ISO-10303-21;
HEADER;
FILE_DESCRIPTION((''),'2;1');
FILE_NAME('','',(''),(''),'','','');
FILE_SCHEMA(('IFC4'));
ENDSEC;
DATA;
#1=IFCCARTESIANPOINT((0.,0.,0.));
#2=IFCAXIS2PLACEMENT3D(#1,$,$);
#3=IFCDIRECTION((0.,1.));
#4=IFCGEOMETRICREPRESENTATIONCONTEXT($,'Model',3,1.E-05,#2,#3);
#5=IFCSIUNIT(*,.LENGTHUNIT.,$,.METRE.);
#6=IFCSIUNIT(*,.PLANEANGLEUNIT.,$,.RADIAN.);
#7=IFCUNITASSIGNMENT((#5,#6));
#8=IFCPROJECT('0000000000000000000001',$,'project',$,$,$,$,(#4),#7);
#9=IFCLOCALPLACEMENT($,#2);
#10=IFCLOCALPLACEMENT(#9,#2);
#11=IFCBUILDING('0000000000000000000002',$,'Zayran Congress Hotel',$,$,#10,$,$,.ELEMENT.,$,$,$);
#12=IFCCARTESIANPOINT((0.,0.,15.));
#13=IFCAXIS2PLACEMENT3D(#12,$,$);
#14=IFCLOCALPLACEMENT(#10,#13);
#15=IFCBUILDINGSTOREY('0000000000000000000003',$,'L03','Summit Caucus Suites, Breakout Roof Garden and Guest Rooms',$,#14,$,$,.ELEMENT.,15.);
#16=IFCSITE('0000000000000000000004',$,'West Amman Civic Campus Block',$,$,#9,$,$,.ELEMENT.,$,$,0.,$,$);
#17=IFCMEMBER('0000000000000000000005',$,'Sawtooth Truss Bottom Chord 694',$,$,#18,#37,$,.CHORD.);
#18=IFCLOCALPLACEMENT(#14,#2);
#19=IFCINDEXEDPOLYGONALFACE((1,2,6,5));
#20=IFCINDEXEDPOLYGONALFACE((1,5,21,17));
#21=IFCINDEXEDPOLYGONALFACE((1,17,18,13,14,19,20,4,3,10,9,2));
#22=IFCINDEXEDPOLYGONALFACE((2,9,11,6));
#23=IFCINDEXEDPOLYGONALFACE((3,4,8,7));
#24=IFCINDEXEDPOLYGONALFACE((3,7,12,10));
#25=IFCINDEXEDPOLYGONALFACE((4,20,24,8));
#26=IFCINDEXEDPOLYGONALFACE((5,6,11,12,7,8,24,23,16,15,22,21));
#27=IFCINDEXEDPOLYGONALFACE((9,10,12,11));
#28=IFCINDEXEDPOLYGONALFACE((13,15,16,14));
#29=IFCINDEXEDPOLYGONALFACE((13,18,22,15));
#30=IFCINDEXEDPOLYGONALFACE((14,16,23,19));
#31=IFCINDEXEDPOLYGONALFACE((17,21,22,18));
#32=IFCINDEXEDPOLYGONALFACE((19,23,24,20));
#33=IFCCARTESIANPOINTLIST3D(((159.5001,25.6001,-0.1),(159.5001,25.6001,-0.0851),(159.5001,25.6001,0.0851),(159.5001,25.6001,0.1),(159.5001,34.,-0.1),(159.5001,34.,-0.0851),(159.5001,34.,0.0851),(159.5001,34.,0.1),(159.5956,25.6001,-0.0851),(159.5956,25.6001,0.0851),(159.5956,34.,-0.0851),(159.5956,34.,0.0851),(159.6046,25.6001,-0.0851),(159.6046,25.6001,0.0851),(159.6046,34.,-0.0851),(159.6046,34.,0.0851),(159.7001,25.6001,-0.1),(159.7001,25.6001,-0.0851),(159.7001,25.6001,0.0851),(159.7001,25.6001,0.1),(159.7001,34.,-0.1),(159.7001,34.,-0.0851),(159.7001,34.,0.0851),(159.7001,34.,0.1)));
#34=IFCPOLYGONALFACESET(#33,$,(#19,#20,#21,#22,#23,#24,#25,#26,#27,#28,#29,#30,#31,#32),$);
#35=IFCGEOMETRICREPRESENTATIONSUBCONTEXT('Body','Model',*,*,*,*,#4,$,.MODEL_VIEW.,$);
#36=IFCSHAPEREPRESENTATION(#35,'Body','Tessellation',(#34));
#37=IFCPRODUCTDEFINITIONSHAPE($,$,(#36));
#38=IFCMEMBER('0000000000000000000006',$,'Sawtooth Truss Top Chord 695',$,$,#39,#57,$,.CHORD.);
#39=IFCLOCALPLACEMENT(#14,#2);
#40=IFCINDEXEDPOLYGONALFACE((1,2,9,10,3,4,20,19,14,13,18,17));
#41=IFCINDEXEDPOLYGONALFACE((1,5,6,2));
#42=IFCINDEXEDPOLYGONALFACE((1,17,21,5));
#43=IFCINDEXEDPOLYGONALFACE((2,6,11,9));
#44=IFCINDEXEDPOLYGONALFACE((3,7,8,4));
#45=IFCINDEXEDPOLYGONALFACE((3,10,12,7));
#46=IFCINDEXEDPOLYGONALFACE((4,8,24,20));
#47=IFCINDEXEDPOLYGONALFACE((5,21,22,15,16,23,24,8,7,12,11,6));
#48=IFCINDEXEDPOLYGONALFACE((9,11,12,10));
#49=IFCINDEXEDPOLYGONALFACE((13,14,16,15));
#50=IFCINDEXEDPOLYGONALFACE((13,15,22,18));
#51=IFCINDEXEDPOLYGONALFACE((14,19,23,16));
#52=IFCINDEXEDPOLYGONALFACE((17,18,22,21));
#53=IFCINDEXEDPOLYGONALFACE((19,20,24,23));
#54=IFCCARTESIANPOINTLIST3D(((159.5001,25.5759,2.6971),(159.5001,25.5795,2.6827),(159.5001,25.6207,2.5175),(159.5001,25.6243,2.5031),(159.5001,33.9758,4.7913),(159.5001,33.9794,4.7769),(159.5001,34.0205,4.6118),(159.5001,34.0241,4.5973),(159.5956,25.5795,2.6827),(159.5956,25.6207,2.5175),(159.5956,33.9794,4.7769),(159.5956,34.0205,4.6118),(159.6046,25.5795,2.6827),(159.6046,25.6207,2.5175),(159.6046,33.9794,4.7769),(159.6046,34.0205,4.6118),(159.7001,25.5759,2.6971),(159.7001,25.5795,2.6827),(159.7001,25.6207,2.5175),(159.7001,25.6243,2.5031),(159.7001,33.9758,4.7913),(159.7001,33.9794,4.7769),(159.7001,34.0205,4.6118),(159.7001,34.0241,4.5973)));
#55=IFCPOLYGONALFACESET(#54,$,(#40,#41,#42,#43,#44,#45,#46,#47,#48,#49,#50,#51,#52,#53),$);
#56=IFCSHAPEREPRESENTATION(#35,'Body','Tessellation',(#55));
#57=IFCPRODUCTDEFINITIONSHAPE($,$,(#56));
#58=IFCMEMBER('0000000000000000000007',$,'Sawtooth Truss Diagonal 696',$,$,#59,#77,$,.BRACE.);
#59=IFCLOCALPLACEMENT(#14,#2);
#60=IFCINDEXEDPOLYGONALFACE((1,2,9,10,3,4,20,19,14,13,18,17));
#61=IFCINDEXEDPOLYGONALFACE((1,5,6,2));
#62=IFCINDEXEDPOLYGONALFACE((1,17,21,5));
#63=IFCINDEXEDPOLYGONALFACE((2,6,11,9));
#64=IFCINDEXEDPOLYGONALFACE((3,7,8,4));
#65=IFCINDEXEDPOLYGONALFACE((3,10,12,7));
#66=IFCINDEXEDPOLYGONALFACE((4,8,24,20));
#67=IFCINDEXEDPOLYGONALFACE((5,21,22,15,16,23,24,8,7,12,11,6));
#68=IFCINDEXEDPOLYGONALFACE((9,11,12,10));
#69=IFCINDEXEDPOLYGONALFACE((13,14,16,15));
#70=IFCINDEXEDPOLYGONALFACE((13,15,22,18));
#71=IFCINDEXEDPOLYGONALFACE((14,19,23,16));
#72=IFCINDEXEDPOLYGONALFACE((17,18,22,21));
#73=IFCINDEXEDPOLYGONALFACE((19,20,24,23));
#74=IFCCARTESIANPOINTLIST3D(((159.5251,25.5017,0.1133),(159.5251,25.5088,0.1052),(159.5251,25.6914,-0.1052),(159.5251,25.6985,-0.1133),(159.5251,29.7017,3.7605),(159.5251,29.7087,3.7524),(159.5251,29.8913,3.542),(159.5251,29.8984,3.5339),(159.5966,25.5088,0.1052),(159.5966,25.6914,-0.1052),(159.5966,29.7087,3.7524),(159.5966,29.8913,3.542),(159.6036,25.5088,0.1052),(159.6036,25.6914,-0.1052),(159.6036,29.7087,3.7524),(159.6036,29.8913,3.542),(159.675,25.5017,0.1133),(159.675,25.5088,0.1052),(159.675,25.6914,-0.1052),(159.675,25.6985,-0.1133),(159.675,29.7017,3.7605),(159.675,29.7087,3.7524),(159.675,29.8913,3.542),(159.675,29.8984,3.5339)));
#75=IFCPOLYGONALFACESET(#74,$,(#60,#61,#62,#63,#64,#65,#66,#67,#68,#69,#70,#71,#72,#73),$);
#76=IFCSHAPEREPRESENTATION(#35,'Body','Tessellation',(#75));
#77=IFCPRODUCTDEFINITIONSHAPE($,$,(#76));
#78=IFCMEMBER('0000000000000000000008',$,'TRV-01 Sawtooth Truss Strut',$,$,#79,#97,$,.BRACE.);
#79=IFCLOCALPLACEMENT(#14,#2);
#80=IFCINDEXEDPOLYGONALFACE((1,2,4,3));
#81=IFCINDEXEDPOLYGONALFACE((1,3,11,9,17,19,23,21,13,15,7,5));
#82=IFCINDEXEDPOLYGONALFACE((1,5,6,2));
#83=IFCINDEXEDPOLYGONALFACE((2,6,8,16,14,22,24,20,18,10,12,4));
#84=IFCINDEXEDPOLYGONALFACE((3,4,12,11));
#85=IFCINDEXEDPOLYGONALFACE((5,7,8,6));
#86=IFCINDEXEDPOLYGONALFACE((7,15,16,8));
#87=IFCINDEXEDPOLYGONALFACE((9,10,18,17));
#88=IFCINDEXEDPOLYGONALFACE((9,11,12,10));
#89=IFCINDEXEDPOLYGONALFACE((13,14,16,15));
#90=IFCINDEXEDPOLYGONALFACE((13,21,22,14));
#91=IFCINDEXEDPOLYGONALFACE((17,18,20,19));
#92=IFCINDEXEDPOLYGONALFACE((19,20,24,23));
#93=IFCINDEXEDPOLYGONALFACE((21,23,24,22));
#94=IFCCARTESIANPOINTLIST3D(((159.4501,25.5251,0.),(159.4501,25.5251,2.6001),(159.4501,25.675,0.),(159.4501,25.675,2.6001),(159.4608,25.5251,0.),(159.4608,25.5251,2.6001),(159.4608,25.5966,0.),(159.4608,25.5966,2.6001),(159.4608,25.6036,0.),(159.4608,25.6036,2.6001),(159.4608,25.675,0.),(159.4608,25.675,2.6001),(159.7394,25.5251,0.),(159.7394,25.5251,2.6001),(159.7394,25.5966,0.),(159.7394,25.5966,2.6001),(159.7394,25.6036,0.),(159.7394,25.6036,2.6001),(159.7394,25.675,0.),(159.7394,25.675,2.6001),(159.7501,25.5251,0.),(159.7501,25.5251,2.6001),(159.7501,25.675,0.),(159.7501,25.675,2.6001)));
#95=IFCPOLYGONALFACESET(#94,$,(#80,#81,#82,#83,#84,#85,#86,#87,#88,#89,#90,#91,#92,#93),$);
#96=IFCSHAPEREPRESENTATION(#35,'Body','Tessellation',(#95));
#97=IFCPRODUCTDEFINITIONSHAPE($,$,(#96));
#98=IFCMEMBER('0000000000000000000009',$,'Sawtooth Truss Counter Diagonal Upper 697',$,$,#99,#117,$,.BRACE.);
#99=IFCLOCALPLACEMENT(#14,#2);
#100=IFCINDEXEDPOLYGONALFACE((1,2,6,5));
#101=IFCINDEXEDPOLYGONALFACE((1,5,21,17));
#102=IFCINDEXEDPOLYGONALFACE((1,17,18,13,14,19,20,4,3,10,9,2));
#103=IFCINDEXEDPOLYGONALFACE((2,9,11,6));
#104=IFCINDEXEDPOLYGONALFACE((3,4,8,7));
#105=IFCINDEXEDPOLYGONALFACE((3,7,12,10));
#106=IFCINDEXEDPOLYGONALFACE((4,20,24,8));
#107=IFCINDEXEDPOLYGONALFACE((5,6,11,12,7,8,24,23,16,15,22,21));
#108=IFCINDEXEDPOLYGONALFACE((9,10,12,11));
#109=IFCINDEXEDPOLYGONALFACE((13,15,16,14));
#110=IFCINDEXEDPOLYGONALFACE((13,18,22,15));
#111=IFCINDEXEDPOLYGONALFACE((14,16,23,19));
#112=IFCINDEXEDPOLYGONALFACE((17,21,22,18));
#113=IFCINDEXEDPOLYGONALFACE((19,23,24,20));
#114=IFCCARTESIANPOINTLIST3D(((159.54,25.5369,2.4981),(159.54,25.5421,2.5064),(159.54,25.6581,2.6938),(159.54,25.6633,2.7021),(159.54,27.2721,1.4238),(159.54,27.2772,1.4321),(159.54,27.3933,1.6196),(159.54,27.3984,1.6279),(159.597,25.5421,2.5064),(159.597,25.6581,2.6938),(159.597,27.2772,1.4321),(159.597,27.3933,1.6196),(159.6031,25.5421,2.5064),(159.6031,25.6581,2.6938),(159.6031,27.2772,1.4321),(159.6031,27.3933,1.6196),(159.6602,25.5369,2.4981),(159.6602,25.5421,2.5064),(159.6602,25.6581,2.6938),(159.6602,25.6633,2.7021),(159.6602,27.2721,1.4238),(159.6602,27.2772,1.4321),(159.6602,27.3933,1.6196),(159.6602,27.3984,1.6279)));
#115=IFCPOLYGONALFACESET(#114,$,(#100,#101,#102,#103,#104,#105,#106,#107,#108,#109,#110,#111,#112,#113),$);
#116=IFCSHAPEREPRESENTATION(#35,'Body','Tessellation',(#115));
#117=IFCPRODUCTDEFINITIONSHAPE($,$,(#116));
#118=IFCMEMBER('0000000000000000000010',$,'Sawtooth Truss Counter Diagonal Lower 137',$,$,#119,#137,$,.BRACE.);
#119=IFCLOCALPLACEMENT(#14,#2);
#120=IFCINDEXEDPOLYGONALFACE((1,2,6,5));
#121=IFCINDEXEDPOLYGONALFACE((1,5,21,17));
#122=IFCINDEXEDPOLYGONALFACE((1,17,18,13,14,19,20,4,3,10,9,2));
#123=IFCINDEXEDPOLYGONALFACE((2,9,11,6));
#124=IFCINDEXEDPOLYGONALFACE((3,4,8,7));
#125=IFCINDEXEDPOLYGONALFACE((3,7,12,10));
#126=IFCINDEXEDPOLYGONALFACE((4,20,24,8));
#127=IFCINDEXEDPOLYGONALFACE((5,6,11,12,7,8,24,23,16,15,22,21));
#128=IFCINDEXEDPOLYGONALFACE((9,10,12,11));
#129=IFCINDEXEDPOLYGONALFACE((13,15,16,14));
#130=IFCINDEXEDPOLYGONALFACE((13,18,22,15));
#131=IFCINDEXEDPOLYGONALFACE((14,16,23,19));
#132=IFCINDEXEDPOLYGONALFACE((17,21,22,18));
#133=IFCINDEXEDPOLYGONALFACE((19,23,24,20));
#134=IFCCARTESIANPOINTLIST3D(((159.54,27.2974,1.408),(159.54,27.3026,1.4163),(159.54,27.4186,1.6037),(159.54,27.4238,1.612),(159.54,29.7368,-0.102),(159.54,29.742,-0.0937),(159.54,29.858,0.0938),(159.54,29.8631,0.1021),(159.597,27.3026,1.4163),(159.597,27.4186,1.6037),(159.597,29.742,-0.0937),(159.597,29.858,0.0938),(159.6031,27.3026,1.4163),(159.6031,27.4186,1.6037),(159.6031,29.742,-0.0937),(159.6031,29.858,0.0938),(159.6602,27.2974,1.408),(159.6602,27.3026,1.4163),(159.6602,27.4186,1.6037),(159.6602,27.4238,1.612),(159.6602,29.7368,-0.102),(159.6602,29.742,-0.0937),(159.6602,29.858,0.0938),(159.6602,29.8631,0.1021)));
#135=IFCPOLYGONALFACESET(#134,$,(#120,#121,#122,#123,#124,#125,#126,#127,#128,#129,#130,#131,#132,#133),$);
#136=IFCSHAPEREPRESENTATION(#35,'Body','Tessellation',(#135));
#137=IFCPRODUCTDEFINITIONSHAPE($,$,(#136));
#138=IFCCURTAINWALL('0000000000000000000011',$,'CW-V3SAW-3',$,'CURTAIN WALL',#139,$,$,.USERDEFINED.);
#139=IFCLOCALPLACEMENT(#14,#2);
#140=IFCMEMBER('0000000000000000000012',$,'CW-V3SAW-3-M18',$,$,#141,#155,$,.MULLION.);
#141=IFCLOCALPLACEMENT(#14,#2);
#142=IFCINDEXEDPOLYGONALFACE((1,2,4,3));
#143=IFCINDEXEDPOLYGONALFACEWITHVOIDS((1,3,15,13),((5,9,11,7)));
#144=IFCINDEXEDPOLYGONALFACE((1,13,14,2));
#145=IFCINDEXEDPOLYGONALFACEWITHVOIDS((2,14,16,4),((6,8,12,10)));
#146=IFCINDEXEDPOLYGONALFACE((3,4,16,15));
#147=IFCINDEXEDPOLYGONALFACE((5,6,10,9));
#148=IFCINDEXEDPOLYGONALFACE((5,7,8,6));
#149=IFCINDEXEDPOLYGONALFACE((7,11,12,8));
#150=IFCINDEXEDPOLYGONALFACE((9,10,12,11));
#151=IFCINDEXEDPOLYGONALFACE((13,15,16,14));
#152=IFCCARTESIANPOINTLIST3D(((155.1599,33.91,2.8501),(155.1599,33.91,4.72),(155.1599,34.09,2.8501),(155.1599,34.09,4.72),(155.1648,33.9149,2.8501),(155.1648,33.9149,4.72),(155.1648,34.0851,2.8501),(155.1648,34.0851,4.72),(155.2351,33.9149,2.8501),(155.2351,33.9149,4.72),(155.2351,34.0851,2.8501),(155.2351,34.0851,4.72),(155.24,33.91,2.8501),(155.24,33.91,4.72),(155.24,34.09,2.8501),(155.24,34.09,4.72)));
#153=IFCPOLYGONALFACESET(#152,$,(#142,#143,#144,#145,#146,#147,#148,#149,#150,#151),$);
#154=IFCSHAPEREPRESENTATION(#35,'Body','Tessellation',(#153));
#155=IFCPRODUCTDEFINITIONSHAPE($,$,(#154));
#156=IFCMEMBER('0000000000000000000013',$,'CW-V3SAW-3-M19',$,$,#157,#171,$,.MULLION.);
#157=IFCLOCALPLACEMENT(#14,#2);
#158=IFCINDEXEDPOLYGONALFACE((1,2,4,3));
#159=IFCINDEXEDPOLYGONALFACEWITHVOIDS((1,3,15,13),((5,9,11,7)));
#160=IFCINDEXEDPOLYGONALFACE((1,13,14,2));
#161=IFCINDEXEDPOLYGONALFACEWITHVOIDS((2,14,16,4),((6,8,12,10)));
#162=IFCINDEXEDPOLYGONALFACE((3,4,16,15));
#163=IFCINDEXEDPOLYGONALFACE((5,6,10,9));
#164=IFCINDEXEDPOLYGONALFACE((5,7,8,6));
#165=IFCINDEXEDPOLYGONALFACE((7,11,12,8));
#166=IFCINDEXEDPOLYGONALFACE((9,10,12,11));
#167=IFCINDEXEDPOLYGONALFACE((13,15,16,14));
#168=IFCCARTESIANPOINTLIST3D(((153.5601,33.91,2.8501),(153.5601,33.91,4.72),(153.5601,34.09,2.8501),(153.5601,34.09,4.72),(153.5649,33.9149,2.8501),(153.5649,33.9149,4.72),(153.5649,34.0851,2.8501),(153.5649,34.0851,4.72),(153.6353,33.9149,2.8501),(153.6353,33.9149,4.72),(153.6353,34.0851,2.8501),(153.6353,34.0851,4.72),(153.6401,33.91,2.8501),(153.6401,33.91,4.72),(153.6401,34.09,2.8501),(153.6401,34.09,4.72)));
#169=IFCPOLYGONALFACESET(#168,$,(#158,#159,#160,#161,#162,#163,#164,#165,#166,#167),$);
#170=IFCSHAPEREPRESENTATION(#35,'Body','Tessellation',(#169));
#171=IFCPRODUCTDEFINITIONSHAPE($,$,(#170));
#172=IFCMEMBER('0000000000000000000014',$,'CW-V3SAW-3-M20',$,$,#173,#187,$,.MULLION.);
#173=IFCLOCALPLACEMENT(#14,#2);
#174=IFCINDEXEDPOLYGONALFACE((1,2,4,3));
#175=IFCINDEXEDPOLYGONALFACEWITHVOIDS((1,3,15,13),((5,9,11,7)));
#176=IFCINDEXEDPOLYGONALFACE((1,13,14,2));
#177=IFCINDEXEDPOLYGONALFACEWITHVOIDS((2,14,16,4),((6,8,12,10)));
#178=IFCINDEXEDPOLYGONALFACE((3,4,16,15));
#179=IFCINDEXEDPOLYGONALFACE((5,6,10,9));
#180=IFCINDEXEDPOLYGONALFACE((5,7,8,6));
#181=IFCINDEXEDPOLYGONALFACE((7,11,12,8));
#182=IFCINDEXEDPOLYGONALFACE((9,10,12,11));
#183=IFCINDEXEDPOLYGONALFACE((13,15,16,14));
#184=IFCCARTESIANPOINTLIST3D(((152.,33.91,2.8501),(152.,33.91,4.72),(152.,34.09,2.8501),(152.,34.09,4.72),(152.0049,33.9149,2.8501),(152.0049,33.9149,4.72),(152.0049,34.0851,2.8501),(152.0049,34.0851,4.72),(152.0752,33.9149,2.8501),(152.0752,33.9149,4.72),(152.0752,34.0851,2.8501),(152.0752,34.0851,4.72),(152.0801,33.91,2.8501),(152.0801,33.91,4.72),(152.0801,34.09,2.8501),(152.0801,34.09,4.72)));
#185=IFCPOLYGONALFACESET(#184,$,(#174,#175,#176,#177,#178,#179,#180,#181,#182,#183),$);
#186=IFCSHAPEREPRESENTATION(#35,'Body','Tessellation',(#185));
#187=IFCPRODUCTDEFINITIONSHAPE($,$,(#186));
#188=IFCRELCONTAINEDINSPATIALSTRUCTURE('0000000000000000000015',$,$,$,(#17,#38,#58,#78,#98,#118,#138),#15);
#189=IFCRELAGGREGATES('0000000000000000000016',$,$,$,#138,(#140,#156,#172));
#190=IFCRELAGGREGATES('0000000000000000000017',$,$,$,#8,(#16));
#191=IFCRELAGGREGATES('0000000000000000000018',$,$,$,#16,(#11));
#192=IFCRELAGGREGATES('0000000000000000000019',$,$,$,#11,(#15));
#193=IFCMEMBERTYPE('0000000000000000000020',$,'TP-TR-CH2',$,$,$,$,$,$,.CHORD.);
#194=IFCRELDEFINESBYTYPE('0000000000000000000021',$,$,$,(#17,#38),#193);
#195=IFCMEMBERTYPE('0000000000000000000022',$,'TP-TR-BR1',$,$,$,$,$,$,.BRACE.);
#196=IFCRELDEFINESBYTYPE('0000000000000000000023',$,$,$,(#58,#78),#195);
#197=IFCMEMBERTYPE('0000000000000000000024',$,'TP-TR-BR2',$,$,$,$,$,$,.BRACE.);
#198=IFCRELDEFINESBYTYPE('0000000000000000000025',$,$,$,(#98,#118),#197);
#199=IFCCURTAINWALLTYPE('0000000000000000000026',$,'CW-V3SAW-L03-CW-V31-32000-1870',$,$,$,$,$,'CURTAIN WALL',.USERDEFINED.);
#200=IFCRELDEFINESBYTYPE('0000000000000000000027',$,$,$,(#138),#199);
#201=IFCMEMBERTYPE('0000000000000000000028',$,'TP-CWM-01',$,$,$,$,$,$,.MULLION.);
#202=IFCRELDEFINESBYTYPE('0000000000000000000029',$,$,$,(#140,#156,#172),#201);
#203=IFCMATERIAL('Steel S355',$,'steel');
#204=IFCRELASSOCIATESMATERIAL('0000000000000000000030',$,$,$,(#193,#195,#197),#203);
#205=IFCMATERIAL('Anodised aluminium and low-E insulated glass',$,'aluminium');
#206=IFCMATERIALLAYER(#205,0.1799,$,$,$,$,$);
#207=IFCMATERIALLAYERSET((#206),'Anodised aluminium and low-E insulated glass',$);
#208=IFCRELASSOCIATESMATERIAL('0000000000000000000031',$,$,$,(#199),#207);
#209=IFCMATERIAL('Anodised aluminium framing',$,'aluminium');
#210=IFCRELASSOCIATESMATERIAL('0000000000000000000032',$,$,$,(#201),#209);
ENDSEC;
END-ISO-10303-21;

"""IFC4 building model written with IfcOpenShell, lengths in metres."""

from ifc_helpers import new_model, si_unit, direction, frame, origin, origin_2d, place, context, subcontext, project, spatial, hollow_rectangle, i_section, extrude, material, layer, layer_set, material_profile, profile_set, type_object, element, aggregate, save


model = new_model("IFC4")

# Units and contexts
model_context = context("Model", 3, precision=1e-05, world=origin(), true_north=direction((0.0, 1.0)))
body_context = subcontext(model_context, "Body", "Model", "MODEL_VIEW")
ifc_project = project(units=[si_unit("LENGTHUNIT", "METRE"), si_unit("PLANEANGLEUNIT", "RADIAN")], contexts=[model_context])

# Site, building, storey
site_placement = place(None, origin())
site = spatial("IfcSite", under=ifc_project, at=site_placement, Name="West Amman Civic Campus Block", CompositionType="ELEMENT", RefElevation=0.0)
building_placement = place(site_placement, origin())
building = spatial("IfcBuilding", under=site, at=building_placement, Name="Zayran Congress Hotel", CompositionType="ELEMENT")
storey_placement = place(building_placement, frame((0.0, 0.0, 15.0)))
storey = spatial("IfcBuildingStorey", under=building, at=storey_placement, Name="L03", Description="Summit Caucus Suites, Breakout Roof Garden and Guest Rooms", CompositionType="ELEMENT", Elevation=15.0)

# Members
ifc_material_1 = material(Name="Steel S355", Category="steel")
ifc_material_profile_1 = material_profile(ifc_material_1, i_section(OverallWidth=0.2, OverallDepth=0.2, WebThickness=0.009, FlangeThickness=0.0149, at=origin_2d()), Name="HEB 200")
ifc_profile_set_1 = profile_set([ifc_material_profile_1], Name="Steel S355")
member_type_1 = type_object("IfcMemberType", Name="TP-TR-CH2", PredefinedType="CHORD", material=ifc_profile_set_1)
member_1_placement = place(storey_placement, frame((159.6001, 25.6001, 0.0), z_axis=(0.0, 1.0, 0.0), x_axis=(-1.0, 0.0, 0.0)))
element("IfcMember", 1, at=member_1_placement, inside=storey, type_object=member_type_1, Name="Sawtooth Truss Bottom Chord 694", PredefinedType="CHORD", context=body_context, shape_type="SweptSolid", body=[
    extrude(i_section(OverallWidth=0.2, OverallDepth=0.2, WebThickness=0.009, FlangeThickness=0.0149, at=origin_2d()), origin(), (0.0, 0.0, 1.0), 8.3999),
])
member_2_placement = place(storey_placement, frame((159.6001, 25.6001, 2.6001), z_axis=(0.0, 0.970298, 0.241912), x_axis=(-1.0, 0.0, 0.0)))
element("IfcMember", 2, at=member_2_placement, inside=storey, type_object=member_type_1, Name="Sawtooth Truss Top Chord 695", PredefinedType="CHORD", context=body_context, shape_type="SweptSolid", body=[
    extrude(i_section(OverallWidth=0.2, OverallDepth=0.2, WebThickness=0.009, FlangeThickness=0.0149, at=origin_2d()), origin(), (0.0, 0.0, 1.0), 8.657),
])
ifc_material_profile_2 = material_profile(ifc_material_1, i_section(OverallWidth=0.1499, OverallDepth=0.3, WebThickness=0.0071, FlangeThickness=0.0107, at=origin_2d()), Name="IPE 300")
ifc_profile_set_2 = profile_set([ifc_material_profile_2], Name="Steel S355")
member_type_2 = type_object("IfcMemberType", Name="TP-TR-BR1", PredefinedType="BRACE", material=ifc_profile_set_2)
member_3_placement = place(storey_placement, frame((159.6001, 25.6001, 0.0), z_axis=(0.0, 0.755043, 0.655675), x_axis=(-1.0, 0.0, 0.0)))
element("IfcMember", 3, at=member_3_placement, inside=storey, type_object=member_type_2, Name="Sawtooth Truss Diagonal 696", PredefinedType="BRACE", context=body_context, shape_type="SweptSolid", body=[
    extrude(i_section(OverallWidth=0.1499, OverallDepth=0.3, WebThickness=0.0071, FlangeThickness=0.0107, at=origin_2d()), origin(), (0.0, 0.0, 1.0), 5.5625),
])
member_4_placement = place(storey_placement, frame((159.6001, 25.6001, 0.0), z_axis=(0.0, 0.0, 1.0), x_axis=(0.0, 1.0, 0.0)))
element("IfcMember", 4, at=member_4_placement, inside=storey, type_object=member_type_2, Name="TRV-01 Sawtooth Truss Strut", PredefinedType="BRACE", context=body_context, shape_type="SweptSolid", body=[
    extrude(i_section(OverallWidth=0.1499, OverallDepth=0.3, WebThickness=0.0071, FlangeThickness=0.0107, at=origin_2d()), origin(), (0.0, 0.0, 1.0), 2.6001),
])
ifc_material_profile_3 = material_profile(ifc_material_1, i_section(OverallWidth=0.1201, OverallDepth=0.24, WebThickness=0.0061, FlangeThickness=0.0098, at=origin_2d()), Name="IPE 240")
ifc_profile_set_3 = profile_set([ifc_material_profile_3], Name="Steel S355")
member_type_3 = type_object("IfcMemberType", Name="TP-TR-BR2", PredefinedType="BRACE", material=ifc_profile_set_3)
member_5_placement = place(storey_placement, frame((159.6001, 25.6001, 2.6001), z_axis=(0.0, 0.850242, -0.526392), x_axis=(-1.0, 0.0, 0.0)))
element("IfcMember", 5, at=member_5_placement, inside=storey, type_object=member_type_3, Name="Sawtooth Truss Counter Diagonal Upper 697", PredefinedType="BRACE", context=body_context, shape_type="SweptSolid", body=[
    extrude(i_section(OverallWidth=0.1201, OverallDepth=0.24, WebThickness=0.0061, FlangeThickness=0.0098, at=origin_2d()), origin(), (0.0, 0.0, 1.0), 2.0408),
])
member_6_placement = place(storey_placement, frame((159.6001, 27.3606, 1.51), z_axis=(0.0, 0.850285, -0.526322), x_axis=(-1.0, 0.0, 0.0)))
element("IfcMember", 6, at=member_6_placement, inside=storey, type_object=member_type_3, Name="Sawtooth Truss Counter Diagonal Lower 137", PredefinedType="BRACE", context=body_context, shape_type="SweptSolid", body=[
    extrude(i_section(OverallWidth=0.1201, OverallDepth=0.24, WebThickness=0.0061, FlangeThickness=0.0098, at=origin_2d()), origin(), (0.0, 0.0, 1.0), 2.8689),
])

# Curtain wall, members
ifc_material_2 = material(Name="Anodised aluminium and low-E insulated glass", Category="aluminium")
ifc_layer_1 = layer(ifc_material_2, 0.1799)
ifc_layer_set_1 = layer_set([ifc_layer_1], Name="Anodised aluminium and low-E insulated glass")
curtain_wall_type = type_object("IfcCurtainWallType", Name="CW-V3SAW-L03-CW-V31-32000-1870", ElementType="CURTAIN WALL", PredefinedType="USERDEFINED", material=ifc_layer_set_1)
curtain_wall_placement = place(storey_placement, origin())
curtain_wall = element("IfcCurtainWall", 7, at=curtain_wall_placement, inside=storey, type_object=curtain_wall_type, Name="CW-V3SAW-3", ObjectType="CURTAIN WALL", PredefinedType="USERDEFINED")
ifc_material_3 = material(Name="Anodised aluminium framing", Category="aluminium")
ifc_material_profile_4 = material_profile(ifc_material_3, hollow_rectangle(XDim=0.0801, YDim=0.1799, WallThickness=0.0049, at=origin_2d()), Name="RHS 180x80x5")
ifc_profile_set_4 = profile_set([ifc_material_profile_4], Name="Anodised aluminium framing")
member_type_4 = type_object("IfcMemberType", Name="TP-CWM-01", PredefinedType="MULLION", material=ifc_profile_set_4)
member_7_placement = place(storey_placement, frame((155.2, 34.0, 2.8501), z_axis=(0.0, 0.0, 1.0), x_axis=(1.0, 0.0, 0.0)))
member_7 = element("IfcMember", 8, at=member_7_placement, type_object=member_type_4, Name="CW-V3SAW-3-M18", PredefinedType="MULLION", context=body_context, shape_type="SweptSolid", body=[
    extrude(hollow_rectangle(XDim=0.0801, YDim=0.1799, WallThickness=0.0049, at=origin_2d()), origin(), (0.0, 0.0, 1.0), 1.8699),
])
member_8_placement = place(storey_placement, frame((153.6001, 34.0, 2.8501), z_axis=(0.0, 0.0, 1.0), x_axis=(1.0, 0.0, 0.0)))
member_8 = element("IfcMember", 9, at=member_8_placement, type_object=member_type_4, Name="CW-V3SAW-3-M19", PredefinedType="MULLION", context=body_context, shape_type="SweptSolid", body=[
    extrude(hollow_rectangle(XDim=0.0801, YDim=0.1799, WallThickness=0.0049, at=origin_2d()), origin(), (0.0, 0.0, 1.0), 1.8699),
])
member_9_placement = place(storey_placement, frame((152.04, 34.0, 2.8501), z_axis=(0.0, 0.0, 1.0), x_axis=(1.0, 0.0, 0.0)))
member_9 = element("IfcMember", 10, at=member_9_placement, type_object=member_type_4, Name="CW-V3SAW-3-M20", PredefinedType="MULLION", context=body_context, shape_type="SweptSolid", body=[
    extrude(hollow_rectangle(XDim=0.0801, YDim=0.1799, WallThickness=0.0049, at=origin_2d()), origin(), (0.0, 0.0, 1.0), 1.8699),
])

aggregate(curtain_wall, [member_7, member_8, member_9])

save(model, "model.ifc")
